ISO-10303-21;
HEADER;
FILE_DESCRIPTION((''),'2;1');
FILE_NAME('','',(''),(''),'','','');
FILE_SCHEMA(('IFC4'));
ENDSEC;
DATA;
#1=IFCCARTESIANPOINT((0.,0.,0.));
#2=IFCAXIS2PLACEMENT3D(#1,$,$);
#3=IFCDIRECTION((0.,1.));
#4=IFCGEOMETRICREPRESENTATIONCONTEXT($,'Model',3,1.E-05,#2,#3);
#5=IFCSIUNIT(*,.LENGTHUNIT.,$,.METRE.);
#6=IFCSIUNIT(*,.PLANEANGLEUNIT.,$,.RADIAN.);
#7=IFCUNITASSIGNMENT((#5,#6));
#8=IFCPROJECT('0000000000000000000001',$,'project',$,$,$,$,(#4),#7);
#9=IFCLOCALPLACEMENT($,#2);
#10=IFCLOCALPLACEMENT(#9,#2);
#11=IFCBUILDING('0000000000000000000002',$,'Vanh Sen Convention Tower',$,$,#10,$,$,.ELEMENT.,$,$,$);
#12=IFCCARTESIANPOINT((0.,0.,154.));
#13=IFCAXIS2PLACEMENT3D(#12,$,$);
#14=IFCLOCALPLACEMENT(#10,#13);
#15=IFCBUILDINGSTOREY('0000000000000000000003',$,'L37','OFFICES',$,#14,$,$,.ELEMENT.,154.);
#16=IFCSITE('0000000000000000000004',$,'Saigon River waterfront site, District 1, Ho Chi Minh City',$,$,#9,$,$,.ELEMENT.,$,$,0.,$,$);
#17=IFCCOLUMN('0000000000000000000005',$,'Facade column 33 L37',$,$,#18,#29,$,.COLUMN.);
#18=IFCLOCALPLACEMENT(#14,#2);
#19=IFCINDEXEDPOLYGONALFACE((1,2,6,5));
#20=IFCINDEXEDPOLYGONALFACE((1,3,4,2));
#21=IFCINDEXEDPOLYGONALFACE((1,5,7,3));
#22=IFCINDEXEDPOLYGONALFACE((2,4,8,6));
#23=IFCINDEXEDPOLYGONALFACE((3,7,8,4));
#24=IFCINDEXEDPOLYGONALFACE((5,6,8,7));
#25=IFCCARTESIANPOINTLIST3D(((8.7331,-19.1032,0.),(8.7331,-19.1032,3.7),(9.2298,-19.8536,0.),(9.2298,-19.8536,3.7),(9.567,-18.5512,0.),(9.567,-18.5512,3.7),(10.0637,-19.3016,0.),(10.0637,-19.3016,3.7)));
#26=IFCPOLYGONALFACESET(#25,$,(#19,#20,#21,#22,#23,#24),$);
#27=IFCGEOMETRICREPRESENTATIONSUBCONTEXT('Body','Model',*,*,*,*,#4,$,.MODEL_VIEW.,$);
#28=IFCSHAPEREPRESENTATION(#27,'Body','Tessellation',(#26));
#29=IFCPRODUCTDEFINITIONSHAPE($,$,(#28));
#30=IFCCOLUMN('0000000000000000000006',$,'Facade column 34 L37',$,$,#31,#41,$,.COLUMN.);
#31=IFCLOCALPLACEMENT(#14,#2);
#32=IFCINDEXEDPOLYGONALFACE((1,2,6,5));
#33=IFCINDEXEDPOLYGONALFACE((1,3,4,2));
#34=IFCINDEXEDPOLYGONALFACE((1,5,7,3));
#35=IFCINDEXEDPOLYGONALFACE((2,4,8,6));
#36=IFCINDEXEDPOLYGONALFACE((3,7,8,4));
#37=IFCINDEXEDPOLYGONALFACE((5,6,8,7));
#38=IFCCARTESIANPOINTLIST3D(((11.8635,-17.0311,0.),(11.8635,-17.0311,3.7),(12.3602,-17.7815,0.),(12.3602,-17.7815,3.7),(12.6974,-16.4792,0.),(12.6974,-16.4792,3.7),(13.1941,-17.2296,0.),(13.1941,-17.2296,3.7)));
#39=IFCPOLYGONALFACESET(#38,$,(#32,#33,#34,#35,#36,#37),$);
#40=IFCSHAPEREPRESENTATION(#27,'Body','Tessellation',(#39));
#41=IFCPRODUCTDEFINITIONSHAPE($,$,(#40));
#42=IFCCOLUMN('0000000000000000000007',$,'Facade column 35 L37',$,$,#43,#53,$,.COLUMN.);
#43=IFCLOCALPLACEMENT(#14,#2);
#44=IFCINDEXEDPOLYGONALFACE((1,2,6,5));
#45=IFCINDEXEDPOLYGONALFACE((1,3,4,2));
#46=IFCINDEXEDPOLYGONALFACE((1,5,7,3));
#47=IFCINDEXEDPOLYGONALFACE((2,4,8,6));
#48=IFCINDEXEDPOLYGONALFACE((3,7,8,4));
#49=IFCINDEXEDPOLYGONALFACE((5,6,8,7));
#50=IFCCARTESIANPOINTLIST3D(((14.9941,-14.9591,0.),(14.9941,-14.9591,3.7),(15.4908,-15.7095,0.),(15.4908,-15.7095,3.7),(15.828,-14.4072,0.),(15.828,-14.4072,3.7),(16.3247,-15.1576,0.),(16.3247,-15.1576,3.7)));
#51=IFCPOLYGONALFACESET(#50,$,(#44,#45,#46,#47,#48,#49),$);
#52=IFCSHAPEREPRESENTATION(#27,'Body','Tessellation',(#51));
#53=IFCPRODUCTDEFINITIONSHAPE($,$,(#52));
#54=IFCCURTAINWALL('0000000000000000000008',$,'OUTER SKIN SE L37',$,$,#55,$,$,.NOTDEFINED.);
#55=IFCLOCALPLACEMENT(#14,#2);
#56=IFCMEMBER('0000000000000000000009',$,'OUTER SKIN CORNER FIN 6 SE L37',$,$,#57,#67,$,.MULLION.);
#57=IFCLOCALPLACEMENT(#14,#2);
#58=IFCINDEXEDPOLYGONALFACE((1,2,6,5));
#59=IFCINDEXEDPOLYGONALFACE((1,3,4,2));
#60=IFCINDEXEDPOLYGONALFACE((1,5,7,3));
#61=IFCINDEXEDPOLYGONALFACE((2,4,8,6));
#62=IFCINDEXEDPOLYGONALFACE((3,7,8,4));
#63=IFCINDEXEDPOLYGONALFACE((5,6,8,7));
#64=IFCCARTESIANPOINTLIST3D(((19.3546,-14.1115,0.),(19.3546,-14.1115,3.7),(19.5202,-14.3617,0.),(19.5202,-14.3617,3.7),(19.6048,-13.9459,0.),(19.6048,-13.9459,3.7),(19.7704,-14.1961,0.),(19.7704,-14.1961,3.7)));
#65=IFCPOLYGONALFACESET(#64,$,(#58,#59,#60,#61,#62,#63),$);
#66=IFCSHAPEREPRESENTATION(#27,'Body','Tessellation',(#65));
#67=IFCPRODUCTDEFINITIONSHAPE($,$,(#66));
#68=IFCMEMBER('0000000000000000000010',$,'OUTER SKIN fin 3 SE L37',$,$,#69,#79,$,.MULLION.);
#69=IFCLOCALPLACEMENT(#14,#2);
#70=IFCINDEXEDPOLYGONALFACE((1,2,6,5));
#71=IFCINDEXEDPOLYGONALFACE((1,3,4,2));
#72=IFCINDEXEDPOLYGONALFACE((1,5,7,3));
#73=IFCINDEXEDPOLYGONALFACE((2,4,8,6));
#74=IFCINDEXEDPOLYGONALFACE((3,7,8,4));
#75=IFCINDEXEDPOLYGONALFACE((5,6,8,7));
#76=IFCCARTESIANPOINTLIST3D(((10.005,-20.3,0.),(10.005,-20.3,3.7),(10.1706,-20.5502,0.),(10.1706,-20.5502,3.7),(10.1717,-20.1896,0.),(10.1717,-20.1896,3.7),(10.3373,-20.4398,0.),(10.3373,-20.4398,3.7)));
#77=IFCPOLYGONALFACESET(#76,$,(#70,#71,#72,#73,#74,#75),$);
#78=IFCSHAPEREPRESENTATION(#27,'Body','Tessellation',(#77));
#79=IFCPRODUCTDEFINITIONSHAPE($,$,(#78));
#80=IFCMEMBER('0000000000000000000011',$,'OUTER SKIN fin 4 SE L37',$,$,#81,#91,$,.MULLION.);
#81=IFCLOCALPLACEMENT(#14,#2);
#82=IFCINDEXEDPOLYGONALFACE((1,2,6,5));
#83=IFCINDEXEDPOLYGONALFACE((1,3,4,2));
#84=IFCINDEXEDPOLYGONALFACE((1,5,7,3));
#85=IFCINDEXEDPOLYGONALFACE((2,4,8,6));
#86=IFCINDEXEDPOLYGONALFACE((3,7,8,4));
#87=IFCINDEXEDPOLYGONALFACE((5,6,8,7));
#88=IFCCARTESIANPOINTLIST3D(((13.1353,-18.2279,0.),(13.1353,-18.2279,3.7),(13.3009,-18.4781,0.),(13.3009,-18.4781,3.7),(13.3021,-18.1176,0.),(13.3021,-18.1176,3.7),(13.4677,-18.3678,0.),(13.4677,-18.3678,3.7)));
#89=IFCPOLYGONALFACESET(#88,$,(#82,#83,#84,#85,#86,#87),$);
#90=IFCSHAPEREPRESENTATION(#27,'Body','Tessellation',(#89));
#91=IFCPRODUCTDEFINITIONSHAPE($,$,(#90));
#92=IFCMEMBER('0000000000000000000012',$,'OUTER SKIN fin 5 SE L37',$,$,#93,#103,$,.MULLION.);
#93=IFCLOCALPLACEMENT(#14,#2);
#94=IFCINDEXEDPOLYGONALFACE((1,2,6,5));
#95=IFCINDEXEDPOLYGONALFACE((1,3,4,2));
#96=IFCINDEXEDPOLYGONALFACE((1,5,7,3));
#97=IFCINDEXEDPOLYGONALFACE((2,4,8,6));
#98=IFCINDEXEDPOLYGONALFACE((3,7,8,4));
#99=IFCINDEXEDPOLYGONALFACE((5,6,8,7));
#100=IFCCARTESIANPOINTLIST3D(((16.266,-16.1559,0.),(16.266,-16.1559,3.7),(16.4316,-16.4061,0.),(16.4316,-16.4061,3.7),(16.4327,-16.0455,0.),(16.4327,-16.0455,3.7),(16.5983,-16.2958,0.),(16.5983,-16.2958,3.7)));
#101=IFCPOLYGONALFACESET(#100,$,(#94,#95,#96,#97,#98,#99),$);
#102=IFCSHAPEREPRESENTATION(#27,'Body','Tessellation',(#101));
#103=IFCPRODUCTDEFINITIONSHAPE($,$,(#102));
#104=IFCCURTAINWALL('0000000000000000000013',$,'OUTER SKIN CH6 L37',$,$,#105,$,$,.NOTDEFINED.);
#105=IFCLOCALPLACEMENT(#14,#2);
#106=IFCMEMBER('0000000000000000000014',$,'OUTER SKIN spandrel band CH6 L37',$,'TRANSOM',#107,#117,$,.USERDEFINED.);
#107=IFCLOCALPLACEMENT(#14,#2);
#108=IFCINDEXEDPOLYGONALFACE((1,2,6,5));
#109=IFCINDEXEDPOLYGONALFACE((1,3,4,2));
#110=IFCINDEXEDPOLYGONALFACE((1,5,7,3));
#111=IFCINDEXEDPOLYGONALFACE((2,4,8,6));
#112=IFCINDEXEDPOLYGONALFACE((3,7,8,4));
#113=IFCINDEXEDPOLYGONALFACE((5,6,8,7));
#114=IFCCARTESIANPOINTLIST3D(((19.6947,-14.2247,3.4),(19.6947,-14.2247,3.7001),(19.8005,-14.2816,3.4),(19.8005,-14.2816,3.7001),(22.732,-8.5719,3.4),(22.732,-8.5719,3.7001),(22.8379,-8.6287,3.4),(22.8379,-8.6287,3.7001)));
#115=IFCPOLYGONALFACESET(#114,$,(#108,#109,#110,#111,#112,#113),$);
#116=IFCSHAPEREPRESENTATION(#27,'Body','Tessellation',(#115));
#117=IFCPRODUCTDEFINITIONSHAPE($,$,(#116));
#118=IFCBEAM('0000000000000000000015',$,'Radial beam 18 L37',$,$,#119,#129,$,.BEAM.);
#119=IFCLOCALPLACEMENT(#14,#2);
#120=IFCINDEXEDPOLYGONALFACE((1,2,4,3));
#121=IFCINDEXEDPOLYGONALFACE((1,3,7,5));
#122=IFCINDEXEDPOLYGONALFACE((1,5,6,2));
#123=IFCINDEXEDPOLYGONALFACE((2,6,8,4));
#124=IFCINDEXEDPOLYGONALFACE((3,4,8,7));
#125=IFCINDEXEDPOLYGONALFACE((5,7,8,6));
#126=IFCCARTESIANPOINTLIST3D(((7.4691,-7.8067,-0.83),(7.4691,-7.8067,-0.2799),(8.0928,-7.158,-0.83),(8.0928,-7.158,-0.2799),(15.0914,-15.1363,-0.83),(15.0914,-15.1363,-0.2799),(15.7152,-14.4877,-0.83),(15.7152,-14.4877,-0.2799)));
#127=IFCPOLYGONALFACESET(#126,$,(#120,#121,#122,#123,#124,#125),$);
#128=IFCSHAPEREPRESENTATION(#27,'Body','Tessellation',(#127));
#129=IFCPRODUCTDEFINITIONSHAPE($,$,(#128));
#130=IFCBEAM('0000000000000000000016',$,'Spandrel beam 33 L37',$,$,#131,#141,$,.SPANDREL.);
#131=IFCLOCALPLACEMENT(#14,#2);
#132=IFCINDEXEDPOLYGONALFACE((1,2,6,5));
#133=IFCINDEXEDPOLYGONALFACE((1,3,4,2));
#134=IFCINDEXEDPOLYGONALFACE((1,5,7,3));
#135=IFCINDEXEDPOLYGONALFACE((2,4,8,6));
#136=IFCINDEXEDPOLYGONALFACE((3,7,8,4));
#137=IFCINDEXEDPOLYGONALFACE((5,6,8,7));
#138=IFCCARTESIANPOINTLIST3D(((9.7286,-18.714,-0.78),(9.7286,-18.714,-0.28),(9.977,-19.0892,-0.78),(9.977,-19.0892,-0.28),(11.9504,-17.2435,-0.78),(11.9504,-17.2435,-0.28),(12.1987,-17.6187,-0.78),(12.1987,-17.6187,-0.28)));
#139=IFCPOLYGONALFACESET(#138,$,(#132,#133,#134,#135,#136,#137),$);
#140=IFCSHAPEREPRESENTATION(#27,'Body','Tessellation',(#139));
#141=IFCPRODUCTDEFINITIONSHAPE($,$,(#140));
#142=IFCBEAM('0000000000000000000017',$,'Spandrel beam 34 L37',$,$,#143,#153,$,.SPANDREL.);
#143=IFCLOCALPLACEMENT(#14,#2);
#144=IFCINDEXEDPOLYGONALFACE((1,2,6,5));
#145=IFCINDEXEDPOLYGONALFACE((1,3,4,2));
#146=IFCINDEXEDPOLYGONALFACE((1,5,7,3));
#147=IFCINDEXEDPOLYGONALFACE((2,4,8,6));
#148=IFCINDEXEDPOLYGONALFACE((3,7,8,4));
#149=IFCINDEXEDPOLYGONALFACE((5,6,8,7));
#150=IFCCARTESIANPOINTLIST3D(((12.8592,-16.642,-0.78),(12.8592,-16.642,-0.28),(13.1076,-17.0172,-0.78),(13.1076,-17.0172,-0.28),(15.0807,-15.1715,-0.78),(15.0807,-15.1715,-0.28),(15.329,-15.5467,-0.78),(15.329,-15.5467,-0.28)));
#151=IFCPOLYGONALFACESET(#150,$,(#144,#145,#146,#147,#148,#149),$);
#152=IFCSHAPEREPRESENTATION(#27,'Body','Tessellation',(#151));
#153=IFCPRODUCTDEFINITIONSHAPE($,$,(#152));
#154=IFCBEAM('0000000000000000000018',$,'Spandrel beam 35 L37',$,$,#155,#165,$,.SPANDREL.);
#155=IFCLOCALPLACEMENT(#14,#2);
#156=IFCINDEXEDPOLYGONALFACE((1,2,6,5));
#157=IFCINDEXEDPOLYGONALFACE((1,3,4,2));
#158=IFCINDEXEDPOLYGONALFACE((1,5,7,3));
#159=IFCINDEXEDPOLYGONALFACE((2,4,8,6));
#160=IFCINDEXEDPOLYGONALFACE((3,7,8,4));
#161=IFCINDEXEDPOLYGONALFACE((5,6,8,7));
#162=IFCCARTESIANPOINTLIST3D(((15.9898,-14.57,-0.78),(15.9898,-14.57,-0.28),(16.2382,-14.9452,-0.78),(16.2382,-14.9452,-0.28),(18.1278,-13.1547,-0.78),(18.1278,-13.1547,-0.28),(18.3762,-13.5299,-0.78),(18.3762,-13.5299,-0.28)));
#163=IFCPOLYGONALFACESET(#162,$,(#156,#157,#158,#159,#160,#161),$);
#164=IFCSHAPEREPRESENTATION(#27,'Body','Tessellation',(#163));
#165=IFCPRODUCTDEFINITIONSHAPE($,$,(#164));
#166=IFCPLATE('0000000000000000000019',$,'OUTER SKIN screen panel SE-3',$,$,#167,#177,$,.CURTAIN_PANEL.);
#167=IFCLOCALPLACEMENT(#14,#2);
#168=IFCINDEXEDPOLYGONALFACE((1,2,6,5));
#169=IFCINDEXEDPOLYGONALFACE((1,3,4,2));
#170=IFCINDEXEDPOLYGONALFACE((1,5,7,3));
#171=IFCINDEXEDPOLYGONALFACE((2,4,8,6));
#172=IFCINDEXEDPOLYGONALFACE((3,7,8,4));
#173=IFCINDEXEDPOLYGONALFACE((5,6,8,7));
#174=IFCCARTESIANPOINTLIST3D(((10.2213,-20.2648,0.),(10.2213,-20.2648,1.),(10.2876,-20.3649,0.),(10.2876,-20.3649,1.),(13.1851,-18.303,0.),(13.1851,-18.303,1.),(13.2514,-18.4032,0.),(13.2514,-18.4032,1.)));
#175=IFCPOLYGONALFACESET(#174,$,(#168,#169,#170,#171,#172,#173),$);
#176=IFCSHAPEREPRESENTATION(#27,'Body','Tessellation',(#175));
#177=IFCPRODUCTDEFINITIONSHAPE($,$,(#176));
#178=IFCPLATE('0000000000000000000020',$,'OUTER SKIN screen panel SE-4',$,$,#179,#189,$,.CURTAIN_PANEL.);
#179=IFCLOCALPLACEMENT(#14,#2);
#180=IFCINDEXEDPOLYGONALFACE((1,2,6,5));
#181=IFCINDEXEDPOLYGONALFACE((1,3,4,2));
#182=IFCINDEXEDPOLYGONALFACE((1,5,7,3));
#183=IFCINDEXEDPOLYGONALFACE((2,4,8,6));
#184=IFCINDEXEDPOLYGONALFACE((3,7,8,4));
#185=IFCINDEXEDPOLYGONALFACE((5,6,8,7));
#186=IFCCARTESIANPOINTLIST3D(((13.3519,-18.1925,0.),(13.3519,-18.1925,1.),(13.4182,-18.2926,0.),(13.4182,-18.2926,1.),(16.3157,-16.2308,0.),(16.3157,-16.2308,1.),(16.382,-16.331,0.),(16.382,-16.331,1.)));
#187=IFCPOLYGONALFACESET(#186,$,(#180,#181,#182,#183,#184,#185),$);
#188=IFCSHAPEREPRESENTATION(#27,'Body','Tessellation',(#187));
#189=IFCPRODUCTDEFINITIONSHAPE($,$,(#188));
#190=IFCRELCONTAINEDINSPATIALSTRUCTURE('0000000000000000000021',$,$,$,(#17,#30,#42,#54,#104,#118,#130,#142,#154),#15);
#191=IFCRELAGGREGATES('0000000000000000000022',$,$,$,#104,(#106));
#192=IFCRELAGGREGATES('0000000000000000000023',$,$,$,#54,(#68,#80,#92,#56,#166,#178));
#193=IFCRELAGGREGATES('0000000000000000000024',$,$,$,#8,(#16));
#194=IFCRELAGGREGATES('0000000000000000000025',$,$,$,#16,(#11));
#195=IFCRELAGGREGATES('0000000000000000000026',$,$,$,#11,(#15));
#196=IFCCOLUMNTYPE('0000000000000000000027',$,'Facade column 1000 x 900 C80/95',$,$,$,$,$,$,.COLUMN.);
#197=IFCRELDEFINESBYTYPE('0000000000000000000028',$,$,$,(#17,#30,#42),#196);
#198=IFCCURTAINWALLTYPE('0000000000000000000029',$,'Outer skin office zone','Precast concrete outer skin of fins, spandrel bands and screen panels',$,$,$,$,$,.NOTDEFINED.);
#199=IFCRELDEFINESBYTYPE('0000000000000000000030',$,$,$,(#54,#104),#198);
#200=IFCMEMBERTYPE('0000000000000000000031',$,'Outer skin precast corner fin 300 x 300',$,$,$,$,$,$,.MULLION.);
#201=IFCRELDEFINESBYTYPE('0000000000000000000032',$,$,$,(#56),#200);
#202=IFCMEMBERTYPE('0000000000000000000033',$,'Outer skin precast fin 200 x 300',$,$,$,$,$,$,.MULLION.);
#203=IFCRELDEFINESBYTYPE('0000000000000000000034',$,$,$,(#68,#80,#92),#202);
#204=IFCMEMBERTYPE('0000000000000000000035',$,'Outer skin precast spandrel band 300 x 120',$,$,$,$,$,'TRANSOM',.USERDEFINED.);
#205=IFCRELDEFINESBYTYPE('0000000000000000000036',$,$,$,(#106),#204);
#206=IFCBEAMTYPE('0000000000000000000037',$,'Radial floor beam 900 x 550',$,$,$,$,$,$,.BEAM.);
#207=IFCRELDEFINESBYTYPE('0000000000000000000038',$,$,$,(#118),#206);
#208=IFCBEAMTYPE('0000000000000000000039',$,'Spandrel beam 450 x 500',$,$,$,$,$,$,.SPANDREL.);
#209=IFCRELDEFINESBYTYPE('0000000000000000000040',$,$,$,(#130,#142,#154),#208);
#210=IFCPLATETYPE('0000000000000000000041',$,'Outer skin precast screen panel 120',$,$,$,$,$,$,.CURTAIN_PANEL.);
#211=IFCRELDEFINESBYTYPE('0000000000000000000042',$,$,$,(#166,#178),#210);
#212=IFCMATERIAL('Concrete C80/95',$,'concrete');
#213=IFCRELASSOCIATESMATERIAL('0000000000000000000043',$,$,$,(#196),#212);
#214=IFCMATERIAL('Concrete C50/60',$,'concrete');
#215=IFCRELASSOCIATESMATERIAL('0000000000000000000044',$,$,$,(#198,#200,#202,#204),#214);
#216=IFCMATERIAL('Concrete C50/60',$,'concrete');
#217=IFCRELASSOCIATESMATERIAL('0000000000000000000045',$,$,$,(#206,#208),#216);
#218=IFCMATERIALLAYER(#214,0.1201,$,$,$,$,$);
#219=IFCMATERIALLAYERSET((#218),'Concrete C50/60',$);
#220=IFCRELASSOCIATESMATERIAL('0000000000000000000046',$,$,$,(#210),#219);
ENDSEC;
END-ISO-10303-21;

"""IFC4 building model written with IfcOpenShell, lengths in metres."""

from ifc_helpers import new_model, si_unit, direction, frame, origin, origin_2d, place, context, subcontext, project, spatial, rectangle, extrude, material, layer, layer_set, material_profile, profile_set, type_object, element, aggregate, save


model = new_model("IFC4")

# Units and contexts
model_context = context("Model", 3, precision=1e-05, world=origin(), true_north=direction((0.0, 1.0)))
body_context = subcontext(model_context, "Body", "Model", "MODEL_VIEW")
ifc_project = project(units=[si_unit("LENGTHUNIT", "METRE"), si_unit("PLANEANGLEUNIT", "RADIAN")], contexts=[model_context])

# Site, building, storey
site_placement = place(None, origin())
site = spatial("IfcSite", under=ifc_project, at=site_placement, Name="Saigon River waterfront site, District 1, Ho Chi Minh City", CompositionType="ELEMENT", RefElevation=0.0)
building_placement = place(site_placement, origin())
building = spatial("IfcBuilding", under=site, at=building_placement, Name="Vanh Sen Convention Tower", CompositionType="ELEMENT")
storey_placement = place(building_placement, frame((0.0, 0.0, 154.0)))
storey = spatial("IfcBuildingStorey", under=building, at=storey_placement, Name="L37", Description="OFFICES", CompositionType="ELEMENT", Elevation=154.0)

# Columns
ifc_material_1 = material(Name="Concrete C80/95", Category="concrete")
ifc_material_profile_1 = material_profile(ifc_material_1, rectangle(XDim=1.0, YDim=0.8999, at=origin_2d()), Name="RC 1000X900")
ifc_profile_set_1 = profile_set([ifc_material_profile_1], Name="Concrete C80/95")
column_type = type_object("IfcColumnType", Name="Facade column 1000 x 900 C80/95", PredefinedType="COLUMN", material=ifc_profile_set_1)
for number, where, z_axis, x_axis, name in (
    (1, (9.3984, -19.2024, 0.0), (0.0, 0.0, 1.0), (0.833886, 0.551937, 0.0), "Facade column 33 L37"),
    (2, (12.5288, -17.1304, 0.0), (0.0, 0.0, 1.0), (0.833886, 0.551937, 0.0), "Facade column 34 L37"),
    (3, (15.6594, -15.0583, 0.0), (0.0, 0.0, 1.0), (0.833886, 0.551937, 0.0), "Facade column 35 L37"),
):
    element("IfcColumn", number, at=place(storey_placement, frame(where, z_axis=z_axis, x_axis=x_axis)), inside=storey, type_object=column_type, Name=name, PredefinedType="COLUMN", context=body_context, shape_type="SweptSolid", body=[
        extrude(rectangle(XDim=1.0, YDim=0.8999, at=origin_2d()), origin(), (0.0, 0.0, 1.0), 3.7),
    ])

# Curtain wall, members
ifc_material_2 = material(Name="Concrete C50/60", Category="concrete")
curtain_wall_type = type_object("IfcCurtainWallType", Name="Outer skin office zone", Description="Precast concrete outer skin of fins, spandrel bands and screen panels", PredefinedType="NOTDEFINED", material=ifc_material_2)
curtain_wall_1_placement = place(storey_placement, origin())
curtain_wall_1 = element("IfcCurtainWall", 4, at=curtain_wall_1_placement, inside=storey, type_object=curtain_wall_type, Name="OUTER SKIN SE L37", PredefinedType="NOTDEFINED")
ifc_material_profile_2 = material_profile(ifc_material_2, rectangle(XDim=0.3, YDim=0.3, at=origin_2d()), Name="Outer skin precast corner fin 300 x 300")
ifc_profile_set_2 = profile_set([ifc_material_profile_2], Name="Concrete C50/60")
member_type_1 = type_object("IfcMemberType", Name="Outer skin precast corner fin 300 x 300", PredefinedType="MULLION", material=ifc_profile_set_2)
member_1_placement = place(storey_placement, frame((19.5625, -14.1538, 0.0), z_axis=(0.0, 0.0, 1.0), x_axis=(0.833886, 0.551937, 0.0)))
member_1 = element("IfcMember", 5, at=member_1_placement, type_object=member_type_1, Name="OUTER SKIN CORNER FIN 6 SE L37", PredefinedType="MULLION", context=body_context, shape_type="SweptSolid", body=[
    extrude(rectangle(XDim=0.3, YDim=0.3, at=origin_2d()), origin(), (0.0, 0.0, 1.0), 3.7),
])
ifc_material_profile_3 = material_profile(ifc_material_2, rectangle(XDim=0.2, YDim=0.3, at=origin_2d()), Name="Outer skin precast fin 200 x 300")
ifc_profile_set_3 = profile_set([ifc_material_profile_3], Name="Concrete C50/60")
member_type_2 = type_object("IfcMemberType", Name="Outer skin precast fin 200 x 300", PredefinedType="MULLION", material=ifc_profile_set_3)
member_2_placement = place(storey_placement, frame((10.1711, -20.3699, 0.0), z_axis=(0.0, 0.0, 1.0), x_axis=(0.833886, 0.551937, 0.0)))
member_2 = element("IfcMember", 6, at=member_2_placement, type_object=member_type_2, Name="OUTER SKIN fin 3 SE L37", PredefinedType="MULLION", context=body_context, shape_type="SweptSolid", body=[
    extrude(rectangle(XDim=0.2, YDim=0.3, at=origin_2d()), origin(), (0.0, 0.0, 1.0), 3.7),
])
member_3_placement = place(storey_placement, frame((13.3015, -18.2979, 0.0), z_axis=(0.0, 0.0, 1.0), x_axis=(0.833886, 0.551937, 0.0)))
member_3 = element("IfcMember", 7, at=member_3_placement, type_object=member_type_2, Name="OUTER SKIN fin 4 SE L37", PredefinedType="MULLION", context=body_context, shape_type="SweptSolid", body=[
    extrude(rectangle(XDim=0.2, YDim=0.3, at=origin_2d()), origin(), (0.0, 0.0, 1.0), 3.7),
])
member_4_placement = place(storey_placement, frame((16.4321, -16.2258, 0.0), z_axis=(0.0, 0.0, 1.0), x_axis=(0.833886, 0.551937, 0.0)))
member_4 = element("IfcMember", 8, at=member_4_placement, type_object=member_type_2, Name="OUTER SKIN fin 5 SE L37", PredefinedType="MULLION", context=body_context, shape_type="SweptSolid", body=[
    extrude(rectangle(XDim=0.2, YDim=0.3, at=origin_2d()), origin(), (0.0, 0.0, 1.0), 3.7),
])

# Curtain wall, member
curtain_wall_2_placement = place(storey_placement, origin())
curtain_wall_2 = element("IfcCurtainWall", 9, at=curtain_wall_2_placement, inside=storey, type_object=curtain_wall_type, Name="OUTER SKIN CH6 L37", PredefinedType="NOTDEFINED")
ifc_material_profile_4 = material_profile(ifc_material_2, rectangle(XDim=0.1201, YDim=0.3, at=origin_2d()), Name="Outer skin precast spandrel band 300 x 120")
ifc_profile_set_4 = profile_set([ifc_material_profile_4], Name="Concrete C50/60")
member_type_3 = type_object("IfcMemberType", Name="Outer skin precast spandrel band 300 x 120", ElementType="TRANSOM", PredefinedType="USERDEFINED", material=ifc_profile_set_4)
member_5_placement = place(storey_placement, frame((19.7476, -14.2532, 3.55), z_axis=(0.473317, 0.880892, 0.0), x_axis=(-0.880892, 0.473317, 0.0)))
member_5 = element("IfcMember", 10, at=member_5_placement, type_object=member_type_3, Name="OUTER SKIN spandrel band CH6 L37", ObjectType="TRANSOM", PredefinedType="USERDEFINED", context=body_context, shape_type="SweptSolid", body=[
    extrude(rectangle(XDim=0.1201, YDim=0.3, at=origin_2d()), origin(), (0.0, 0.0, 1.0), 6.4172),
])
aggregate(curtain_wall_2, [member_5])

# Beams
ifc_material_3 = material(Name="Concrete C50/60", Category="concrete")
ifc_material_profile_5 = material_profile(ifc_material_3, rectangle(XDim=0.8999, YDim=0.55, at=origin_2d()), Name="RC 900X550")
ifc_profile_set_5 = profile_set([ifc_material_profile_5], Name="Concrete C50/60")
beam_type_1 = type_object("IfcBeamType", Name="Radial floor beam 900 x 550", PredefinedType="BEAM", material=ifc_profile_set_5)
beam_1_placement = place(storey_placement, frame((15.4033, -14.812, -0.5549), z_axis=(-0.720812, 0.69313, 0.0), x_axis=(-0.69313, -0.720812, 0.0)))
element("IfcBeam", 11, at=beam_1_placement, inside=storey, type_object=beam_type_1, Name="Radial beam 18 L37", PredefinedType="BEAM", context=body_context, shape_type="SweptSolid", body=[
    extrude(rectangle(XDim=0.8999, YDim=0.55, at=origin_2d()), origin(), (0.0, 0.0, 1.0), 10.5747),
])
ifc_material_profile_6 = material_profile(ifc_material_3, rectangle(XDim=0.45, YDim=0.5, at=origin_2d()), Name="RC 450X500")
ifc_profile_set_6 = profile_set([ifc_material_profile_6], Name="Concrete C50/60")
beam_type_2 = type_object("IfcBeamType", Name="Spandrel beam 450 x 500", PredefinedType="SPANDREL", material=ifc_profile_set_6)
beam_2_placement = place(storey_placement, frame((9.8528, -18.9016, -0.53), z_axis=(0.833893, 0.551927, 0.0), x_axis=(-0.551927, 0.833893, 0.0)))
element("IfcBeam", 12, at=beam_2_placement, inside=storey, type_object=beam_type_2, Name="Spandrel beam 33 L37", PredefinedType="SPANDREL", context=body_context, shape_type="SweptSolid", body=[
    extrude(rectangle(XDim=0.45, YDim=0.5, at=origin_2d()), origin(), (0.0, 0.0, 1.0), 2.6643),
])
beam_3_placement = place(storey_placement, frame((12.9834, -16.8296, -0.53), z_axis=(0.833865, 0.551969, 0.0), x_axis=(-0.551969, 0.833865, 0.0)))
element("IfcBeam", 13, at=beam_3_placement, inside=storey, type_object=beam_type_2, Name="Spandrel beam 34 L37", PredefinedType="SPANDREL", context=body_context, shape_type="SweptSolid", body=[
    extrude(rectangle(XDim=0.45, YDim=0.5, at=origin_2d()), origin(), (0.0, 0.0, 1.0), 2.6641),
])
beam_4_placement = place(storey_placement, frame((16.114, -14.7576, -0.53), z_axis=(0.833848, 0.551994, 0.0), x_axis=(-0.551994, 0.833848, 0.0)))
element("IfcBeam", 14, at=beam_4_placement, inside=storey, type_object=beam_type_2, Name="Spandrel beam 35 L37", PredefinedType="SPANDREL", context=body_context, shape_type="SweptSolid", body=[
    extrude(rectangle(XDim=0.45, YDim=0.5, at=origin_2d()), origin(), (0.0, 0.0, 1.0), 2.564),
])

# Plates
ifc_layer_1 = layer(ifc_material_2, 0.1201)
ifc_layer_set_1 = layer_set([ifc_layer_1], Name="Concrete C50/60")
plate_type = type_object("IfcPlateType", Name="Outer skin precast screen panel 120", PredefinedType="CURTAIN_PANEL", material=ifc_layer_set_1)
plate_1_placement = place(storey_placement, frame((11.7363, -19.334, 0.0), z_axis=(0.0, 0.0, 1.0), x_axis=(0.833877, 0.55195, 0.0)))
plate_1 = element("IfcPlate", 15, at=plate_1_placement, type_object=plate_type, Name="OUTER SKIN screen panel SE-3", PredefinedType="CURTAIN_PANEL", context=body_context, shape_type="SweptSolid", body=[
    extrude(rectangle(XDim=3.5542, YDim=0.1201, at=origin_2d()), origin(), (0.0, 0.0, 1.0), 1.0),
])
plate_2_placement = place(storey_placement, frame((14.8669, -17.2617, 0.0), z_axis=(0.0, 0.0, 1.0), x_axis=(0.83389, 0.551931, 0.0)))
plate_2 = element("IfcPlate", 16, at=plate_2_placement, type_object=plate_type, Name="OUTER SKIN screen panel SE-4", PredefinedType="CURTAIN_PANEL", context=body_context, shape_type="SweptSolid", body=[
    extrude(rectangle(XDim=3.5542, YDim=0.1201, at=origin_2d()), origin(), (0.0, 0.0, 1.0), 1.0),
])
aggregate(curtain_wall_1, [member_2, member_3, member_4, member_1, plate_1, plate_2])

save(model, "model.ifc")
